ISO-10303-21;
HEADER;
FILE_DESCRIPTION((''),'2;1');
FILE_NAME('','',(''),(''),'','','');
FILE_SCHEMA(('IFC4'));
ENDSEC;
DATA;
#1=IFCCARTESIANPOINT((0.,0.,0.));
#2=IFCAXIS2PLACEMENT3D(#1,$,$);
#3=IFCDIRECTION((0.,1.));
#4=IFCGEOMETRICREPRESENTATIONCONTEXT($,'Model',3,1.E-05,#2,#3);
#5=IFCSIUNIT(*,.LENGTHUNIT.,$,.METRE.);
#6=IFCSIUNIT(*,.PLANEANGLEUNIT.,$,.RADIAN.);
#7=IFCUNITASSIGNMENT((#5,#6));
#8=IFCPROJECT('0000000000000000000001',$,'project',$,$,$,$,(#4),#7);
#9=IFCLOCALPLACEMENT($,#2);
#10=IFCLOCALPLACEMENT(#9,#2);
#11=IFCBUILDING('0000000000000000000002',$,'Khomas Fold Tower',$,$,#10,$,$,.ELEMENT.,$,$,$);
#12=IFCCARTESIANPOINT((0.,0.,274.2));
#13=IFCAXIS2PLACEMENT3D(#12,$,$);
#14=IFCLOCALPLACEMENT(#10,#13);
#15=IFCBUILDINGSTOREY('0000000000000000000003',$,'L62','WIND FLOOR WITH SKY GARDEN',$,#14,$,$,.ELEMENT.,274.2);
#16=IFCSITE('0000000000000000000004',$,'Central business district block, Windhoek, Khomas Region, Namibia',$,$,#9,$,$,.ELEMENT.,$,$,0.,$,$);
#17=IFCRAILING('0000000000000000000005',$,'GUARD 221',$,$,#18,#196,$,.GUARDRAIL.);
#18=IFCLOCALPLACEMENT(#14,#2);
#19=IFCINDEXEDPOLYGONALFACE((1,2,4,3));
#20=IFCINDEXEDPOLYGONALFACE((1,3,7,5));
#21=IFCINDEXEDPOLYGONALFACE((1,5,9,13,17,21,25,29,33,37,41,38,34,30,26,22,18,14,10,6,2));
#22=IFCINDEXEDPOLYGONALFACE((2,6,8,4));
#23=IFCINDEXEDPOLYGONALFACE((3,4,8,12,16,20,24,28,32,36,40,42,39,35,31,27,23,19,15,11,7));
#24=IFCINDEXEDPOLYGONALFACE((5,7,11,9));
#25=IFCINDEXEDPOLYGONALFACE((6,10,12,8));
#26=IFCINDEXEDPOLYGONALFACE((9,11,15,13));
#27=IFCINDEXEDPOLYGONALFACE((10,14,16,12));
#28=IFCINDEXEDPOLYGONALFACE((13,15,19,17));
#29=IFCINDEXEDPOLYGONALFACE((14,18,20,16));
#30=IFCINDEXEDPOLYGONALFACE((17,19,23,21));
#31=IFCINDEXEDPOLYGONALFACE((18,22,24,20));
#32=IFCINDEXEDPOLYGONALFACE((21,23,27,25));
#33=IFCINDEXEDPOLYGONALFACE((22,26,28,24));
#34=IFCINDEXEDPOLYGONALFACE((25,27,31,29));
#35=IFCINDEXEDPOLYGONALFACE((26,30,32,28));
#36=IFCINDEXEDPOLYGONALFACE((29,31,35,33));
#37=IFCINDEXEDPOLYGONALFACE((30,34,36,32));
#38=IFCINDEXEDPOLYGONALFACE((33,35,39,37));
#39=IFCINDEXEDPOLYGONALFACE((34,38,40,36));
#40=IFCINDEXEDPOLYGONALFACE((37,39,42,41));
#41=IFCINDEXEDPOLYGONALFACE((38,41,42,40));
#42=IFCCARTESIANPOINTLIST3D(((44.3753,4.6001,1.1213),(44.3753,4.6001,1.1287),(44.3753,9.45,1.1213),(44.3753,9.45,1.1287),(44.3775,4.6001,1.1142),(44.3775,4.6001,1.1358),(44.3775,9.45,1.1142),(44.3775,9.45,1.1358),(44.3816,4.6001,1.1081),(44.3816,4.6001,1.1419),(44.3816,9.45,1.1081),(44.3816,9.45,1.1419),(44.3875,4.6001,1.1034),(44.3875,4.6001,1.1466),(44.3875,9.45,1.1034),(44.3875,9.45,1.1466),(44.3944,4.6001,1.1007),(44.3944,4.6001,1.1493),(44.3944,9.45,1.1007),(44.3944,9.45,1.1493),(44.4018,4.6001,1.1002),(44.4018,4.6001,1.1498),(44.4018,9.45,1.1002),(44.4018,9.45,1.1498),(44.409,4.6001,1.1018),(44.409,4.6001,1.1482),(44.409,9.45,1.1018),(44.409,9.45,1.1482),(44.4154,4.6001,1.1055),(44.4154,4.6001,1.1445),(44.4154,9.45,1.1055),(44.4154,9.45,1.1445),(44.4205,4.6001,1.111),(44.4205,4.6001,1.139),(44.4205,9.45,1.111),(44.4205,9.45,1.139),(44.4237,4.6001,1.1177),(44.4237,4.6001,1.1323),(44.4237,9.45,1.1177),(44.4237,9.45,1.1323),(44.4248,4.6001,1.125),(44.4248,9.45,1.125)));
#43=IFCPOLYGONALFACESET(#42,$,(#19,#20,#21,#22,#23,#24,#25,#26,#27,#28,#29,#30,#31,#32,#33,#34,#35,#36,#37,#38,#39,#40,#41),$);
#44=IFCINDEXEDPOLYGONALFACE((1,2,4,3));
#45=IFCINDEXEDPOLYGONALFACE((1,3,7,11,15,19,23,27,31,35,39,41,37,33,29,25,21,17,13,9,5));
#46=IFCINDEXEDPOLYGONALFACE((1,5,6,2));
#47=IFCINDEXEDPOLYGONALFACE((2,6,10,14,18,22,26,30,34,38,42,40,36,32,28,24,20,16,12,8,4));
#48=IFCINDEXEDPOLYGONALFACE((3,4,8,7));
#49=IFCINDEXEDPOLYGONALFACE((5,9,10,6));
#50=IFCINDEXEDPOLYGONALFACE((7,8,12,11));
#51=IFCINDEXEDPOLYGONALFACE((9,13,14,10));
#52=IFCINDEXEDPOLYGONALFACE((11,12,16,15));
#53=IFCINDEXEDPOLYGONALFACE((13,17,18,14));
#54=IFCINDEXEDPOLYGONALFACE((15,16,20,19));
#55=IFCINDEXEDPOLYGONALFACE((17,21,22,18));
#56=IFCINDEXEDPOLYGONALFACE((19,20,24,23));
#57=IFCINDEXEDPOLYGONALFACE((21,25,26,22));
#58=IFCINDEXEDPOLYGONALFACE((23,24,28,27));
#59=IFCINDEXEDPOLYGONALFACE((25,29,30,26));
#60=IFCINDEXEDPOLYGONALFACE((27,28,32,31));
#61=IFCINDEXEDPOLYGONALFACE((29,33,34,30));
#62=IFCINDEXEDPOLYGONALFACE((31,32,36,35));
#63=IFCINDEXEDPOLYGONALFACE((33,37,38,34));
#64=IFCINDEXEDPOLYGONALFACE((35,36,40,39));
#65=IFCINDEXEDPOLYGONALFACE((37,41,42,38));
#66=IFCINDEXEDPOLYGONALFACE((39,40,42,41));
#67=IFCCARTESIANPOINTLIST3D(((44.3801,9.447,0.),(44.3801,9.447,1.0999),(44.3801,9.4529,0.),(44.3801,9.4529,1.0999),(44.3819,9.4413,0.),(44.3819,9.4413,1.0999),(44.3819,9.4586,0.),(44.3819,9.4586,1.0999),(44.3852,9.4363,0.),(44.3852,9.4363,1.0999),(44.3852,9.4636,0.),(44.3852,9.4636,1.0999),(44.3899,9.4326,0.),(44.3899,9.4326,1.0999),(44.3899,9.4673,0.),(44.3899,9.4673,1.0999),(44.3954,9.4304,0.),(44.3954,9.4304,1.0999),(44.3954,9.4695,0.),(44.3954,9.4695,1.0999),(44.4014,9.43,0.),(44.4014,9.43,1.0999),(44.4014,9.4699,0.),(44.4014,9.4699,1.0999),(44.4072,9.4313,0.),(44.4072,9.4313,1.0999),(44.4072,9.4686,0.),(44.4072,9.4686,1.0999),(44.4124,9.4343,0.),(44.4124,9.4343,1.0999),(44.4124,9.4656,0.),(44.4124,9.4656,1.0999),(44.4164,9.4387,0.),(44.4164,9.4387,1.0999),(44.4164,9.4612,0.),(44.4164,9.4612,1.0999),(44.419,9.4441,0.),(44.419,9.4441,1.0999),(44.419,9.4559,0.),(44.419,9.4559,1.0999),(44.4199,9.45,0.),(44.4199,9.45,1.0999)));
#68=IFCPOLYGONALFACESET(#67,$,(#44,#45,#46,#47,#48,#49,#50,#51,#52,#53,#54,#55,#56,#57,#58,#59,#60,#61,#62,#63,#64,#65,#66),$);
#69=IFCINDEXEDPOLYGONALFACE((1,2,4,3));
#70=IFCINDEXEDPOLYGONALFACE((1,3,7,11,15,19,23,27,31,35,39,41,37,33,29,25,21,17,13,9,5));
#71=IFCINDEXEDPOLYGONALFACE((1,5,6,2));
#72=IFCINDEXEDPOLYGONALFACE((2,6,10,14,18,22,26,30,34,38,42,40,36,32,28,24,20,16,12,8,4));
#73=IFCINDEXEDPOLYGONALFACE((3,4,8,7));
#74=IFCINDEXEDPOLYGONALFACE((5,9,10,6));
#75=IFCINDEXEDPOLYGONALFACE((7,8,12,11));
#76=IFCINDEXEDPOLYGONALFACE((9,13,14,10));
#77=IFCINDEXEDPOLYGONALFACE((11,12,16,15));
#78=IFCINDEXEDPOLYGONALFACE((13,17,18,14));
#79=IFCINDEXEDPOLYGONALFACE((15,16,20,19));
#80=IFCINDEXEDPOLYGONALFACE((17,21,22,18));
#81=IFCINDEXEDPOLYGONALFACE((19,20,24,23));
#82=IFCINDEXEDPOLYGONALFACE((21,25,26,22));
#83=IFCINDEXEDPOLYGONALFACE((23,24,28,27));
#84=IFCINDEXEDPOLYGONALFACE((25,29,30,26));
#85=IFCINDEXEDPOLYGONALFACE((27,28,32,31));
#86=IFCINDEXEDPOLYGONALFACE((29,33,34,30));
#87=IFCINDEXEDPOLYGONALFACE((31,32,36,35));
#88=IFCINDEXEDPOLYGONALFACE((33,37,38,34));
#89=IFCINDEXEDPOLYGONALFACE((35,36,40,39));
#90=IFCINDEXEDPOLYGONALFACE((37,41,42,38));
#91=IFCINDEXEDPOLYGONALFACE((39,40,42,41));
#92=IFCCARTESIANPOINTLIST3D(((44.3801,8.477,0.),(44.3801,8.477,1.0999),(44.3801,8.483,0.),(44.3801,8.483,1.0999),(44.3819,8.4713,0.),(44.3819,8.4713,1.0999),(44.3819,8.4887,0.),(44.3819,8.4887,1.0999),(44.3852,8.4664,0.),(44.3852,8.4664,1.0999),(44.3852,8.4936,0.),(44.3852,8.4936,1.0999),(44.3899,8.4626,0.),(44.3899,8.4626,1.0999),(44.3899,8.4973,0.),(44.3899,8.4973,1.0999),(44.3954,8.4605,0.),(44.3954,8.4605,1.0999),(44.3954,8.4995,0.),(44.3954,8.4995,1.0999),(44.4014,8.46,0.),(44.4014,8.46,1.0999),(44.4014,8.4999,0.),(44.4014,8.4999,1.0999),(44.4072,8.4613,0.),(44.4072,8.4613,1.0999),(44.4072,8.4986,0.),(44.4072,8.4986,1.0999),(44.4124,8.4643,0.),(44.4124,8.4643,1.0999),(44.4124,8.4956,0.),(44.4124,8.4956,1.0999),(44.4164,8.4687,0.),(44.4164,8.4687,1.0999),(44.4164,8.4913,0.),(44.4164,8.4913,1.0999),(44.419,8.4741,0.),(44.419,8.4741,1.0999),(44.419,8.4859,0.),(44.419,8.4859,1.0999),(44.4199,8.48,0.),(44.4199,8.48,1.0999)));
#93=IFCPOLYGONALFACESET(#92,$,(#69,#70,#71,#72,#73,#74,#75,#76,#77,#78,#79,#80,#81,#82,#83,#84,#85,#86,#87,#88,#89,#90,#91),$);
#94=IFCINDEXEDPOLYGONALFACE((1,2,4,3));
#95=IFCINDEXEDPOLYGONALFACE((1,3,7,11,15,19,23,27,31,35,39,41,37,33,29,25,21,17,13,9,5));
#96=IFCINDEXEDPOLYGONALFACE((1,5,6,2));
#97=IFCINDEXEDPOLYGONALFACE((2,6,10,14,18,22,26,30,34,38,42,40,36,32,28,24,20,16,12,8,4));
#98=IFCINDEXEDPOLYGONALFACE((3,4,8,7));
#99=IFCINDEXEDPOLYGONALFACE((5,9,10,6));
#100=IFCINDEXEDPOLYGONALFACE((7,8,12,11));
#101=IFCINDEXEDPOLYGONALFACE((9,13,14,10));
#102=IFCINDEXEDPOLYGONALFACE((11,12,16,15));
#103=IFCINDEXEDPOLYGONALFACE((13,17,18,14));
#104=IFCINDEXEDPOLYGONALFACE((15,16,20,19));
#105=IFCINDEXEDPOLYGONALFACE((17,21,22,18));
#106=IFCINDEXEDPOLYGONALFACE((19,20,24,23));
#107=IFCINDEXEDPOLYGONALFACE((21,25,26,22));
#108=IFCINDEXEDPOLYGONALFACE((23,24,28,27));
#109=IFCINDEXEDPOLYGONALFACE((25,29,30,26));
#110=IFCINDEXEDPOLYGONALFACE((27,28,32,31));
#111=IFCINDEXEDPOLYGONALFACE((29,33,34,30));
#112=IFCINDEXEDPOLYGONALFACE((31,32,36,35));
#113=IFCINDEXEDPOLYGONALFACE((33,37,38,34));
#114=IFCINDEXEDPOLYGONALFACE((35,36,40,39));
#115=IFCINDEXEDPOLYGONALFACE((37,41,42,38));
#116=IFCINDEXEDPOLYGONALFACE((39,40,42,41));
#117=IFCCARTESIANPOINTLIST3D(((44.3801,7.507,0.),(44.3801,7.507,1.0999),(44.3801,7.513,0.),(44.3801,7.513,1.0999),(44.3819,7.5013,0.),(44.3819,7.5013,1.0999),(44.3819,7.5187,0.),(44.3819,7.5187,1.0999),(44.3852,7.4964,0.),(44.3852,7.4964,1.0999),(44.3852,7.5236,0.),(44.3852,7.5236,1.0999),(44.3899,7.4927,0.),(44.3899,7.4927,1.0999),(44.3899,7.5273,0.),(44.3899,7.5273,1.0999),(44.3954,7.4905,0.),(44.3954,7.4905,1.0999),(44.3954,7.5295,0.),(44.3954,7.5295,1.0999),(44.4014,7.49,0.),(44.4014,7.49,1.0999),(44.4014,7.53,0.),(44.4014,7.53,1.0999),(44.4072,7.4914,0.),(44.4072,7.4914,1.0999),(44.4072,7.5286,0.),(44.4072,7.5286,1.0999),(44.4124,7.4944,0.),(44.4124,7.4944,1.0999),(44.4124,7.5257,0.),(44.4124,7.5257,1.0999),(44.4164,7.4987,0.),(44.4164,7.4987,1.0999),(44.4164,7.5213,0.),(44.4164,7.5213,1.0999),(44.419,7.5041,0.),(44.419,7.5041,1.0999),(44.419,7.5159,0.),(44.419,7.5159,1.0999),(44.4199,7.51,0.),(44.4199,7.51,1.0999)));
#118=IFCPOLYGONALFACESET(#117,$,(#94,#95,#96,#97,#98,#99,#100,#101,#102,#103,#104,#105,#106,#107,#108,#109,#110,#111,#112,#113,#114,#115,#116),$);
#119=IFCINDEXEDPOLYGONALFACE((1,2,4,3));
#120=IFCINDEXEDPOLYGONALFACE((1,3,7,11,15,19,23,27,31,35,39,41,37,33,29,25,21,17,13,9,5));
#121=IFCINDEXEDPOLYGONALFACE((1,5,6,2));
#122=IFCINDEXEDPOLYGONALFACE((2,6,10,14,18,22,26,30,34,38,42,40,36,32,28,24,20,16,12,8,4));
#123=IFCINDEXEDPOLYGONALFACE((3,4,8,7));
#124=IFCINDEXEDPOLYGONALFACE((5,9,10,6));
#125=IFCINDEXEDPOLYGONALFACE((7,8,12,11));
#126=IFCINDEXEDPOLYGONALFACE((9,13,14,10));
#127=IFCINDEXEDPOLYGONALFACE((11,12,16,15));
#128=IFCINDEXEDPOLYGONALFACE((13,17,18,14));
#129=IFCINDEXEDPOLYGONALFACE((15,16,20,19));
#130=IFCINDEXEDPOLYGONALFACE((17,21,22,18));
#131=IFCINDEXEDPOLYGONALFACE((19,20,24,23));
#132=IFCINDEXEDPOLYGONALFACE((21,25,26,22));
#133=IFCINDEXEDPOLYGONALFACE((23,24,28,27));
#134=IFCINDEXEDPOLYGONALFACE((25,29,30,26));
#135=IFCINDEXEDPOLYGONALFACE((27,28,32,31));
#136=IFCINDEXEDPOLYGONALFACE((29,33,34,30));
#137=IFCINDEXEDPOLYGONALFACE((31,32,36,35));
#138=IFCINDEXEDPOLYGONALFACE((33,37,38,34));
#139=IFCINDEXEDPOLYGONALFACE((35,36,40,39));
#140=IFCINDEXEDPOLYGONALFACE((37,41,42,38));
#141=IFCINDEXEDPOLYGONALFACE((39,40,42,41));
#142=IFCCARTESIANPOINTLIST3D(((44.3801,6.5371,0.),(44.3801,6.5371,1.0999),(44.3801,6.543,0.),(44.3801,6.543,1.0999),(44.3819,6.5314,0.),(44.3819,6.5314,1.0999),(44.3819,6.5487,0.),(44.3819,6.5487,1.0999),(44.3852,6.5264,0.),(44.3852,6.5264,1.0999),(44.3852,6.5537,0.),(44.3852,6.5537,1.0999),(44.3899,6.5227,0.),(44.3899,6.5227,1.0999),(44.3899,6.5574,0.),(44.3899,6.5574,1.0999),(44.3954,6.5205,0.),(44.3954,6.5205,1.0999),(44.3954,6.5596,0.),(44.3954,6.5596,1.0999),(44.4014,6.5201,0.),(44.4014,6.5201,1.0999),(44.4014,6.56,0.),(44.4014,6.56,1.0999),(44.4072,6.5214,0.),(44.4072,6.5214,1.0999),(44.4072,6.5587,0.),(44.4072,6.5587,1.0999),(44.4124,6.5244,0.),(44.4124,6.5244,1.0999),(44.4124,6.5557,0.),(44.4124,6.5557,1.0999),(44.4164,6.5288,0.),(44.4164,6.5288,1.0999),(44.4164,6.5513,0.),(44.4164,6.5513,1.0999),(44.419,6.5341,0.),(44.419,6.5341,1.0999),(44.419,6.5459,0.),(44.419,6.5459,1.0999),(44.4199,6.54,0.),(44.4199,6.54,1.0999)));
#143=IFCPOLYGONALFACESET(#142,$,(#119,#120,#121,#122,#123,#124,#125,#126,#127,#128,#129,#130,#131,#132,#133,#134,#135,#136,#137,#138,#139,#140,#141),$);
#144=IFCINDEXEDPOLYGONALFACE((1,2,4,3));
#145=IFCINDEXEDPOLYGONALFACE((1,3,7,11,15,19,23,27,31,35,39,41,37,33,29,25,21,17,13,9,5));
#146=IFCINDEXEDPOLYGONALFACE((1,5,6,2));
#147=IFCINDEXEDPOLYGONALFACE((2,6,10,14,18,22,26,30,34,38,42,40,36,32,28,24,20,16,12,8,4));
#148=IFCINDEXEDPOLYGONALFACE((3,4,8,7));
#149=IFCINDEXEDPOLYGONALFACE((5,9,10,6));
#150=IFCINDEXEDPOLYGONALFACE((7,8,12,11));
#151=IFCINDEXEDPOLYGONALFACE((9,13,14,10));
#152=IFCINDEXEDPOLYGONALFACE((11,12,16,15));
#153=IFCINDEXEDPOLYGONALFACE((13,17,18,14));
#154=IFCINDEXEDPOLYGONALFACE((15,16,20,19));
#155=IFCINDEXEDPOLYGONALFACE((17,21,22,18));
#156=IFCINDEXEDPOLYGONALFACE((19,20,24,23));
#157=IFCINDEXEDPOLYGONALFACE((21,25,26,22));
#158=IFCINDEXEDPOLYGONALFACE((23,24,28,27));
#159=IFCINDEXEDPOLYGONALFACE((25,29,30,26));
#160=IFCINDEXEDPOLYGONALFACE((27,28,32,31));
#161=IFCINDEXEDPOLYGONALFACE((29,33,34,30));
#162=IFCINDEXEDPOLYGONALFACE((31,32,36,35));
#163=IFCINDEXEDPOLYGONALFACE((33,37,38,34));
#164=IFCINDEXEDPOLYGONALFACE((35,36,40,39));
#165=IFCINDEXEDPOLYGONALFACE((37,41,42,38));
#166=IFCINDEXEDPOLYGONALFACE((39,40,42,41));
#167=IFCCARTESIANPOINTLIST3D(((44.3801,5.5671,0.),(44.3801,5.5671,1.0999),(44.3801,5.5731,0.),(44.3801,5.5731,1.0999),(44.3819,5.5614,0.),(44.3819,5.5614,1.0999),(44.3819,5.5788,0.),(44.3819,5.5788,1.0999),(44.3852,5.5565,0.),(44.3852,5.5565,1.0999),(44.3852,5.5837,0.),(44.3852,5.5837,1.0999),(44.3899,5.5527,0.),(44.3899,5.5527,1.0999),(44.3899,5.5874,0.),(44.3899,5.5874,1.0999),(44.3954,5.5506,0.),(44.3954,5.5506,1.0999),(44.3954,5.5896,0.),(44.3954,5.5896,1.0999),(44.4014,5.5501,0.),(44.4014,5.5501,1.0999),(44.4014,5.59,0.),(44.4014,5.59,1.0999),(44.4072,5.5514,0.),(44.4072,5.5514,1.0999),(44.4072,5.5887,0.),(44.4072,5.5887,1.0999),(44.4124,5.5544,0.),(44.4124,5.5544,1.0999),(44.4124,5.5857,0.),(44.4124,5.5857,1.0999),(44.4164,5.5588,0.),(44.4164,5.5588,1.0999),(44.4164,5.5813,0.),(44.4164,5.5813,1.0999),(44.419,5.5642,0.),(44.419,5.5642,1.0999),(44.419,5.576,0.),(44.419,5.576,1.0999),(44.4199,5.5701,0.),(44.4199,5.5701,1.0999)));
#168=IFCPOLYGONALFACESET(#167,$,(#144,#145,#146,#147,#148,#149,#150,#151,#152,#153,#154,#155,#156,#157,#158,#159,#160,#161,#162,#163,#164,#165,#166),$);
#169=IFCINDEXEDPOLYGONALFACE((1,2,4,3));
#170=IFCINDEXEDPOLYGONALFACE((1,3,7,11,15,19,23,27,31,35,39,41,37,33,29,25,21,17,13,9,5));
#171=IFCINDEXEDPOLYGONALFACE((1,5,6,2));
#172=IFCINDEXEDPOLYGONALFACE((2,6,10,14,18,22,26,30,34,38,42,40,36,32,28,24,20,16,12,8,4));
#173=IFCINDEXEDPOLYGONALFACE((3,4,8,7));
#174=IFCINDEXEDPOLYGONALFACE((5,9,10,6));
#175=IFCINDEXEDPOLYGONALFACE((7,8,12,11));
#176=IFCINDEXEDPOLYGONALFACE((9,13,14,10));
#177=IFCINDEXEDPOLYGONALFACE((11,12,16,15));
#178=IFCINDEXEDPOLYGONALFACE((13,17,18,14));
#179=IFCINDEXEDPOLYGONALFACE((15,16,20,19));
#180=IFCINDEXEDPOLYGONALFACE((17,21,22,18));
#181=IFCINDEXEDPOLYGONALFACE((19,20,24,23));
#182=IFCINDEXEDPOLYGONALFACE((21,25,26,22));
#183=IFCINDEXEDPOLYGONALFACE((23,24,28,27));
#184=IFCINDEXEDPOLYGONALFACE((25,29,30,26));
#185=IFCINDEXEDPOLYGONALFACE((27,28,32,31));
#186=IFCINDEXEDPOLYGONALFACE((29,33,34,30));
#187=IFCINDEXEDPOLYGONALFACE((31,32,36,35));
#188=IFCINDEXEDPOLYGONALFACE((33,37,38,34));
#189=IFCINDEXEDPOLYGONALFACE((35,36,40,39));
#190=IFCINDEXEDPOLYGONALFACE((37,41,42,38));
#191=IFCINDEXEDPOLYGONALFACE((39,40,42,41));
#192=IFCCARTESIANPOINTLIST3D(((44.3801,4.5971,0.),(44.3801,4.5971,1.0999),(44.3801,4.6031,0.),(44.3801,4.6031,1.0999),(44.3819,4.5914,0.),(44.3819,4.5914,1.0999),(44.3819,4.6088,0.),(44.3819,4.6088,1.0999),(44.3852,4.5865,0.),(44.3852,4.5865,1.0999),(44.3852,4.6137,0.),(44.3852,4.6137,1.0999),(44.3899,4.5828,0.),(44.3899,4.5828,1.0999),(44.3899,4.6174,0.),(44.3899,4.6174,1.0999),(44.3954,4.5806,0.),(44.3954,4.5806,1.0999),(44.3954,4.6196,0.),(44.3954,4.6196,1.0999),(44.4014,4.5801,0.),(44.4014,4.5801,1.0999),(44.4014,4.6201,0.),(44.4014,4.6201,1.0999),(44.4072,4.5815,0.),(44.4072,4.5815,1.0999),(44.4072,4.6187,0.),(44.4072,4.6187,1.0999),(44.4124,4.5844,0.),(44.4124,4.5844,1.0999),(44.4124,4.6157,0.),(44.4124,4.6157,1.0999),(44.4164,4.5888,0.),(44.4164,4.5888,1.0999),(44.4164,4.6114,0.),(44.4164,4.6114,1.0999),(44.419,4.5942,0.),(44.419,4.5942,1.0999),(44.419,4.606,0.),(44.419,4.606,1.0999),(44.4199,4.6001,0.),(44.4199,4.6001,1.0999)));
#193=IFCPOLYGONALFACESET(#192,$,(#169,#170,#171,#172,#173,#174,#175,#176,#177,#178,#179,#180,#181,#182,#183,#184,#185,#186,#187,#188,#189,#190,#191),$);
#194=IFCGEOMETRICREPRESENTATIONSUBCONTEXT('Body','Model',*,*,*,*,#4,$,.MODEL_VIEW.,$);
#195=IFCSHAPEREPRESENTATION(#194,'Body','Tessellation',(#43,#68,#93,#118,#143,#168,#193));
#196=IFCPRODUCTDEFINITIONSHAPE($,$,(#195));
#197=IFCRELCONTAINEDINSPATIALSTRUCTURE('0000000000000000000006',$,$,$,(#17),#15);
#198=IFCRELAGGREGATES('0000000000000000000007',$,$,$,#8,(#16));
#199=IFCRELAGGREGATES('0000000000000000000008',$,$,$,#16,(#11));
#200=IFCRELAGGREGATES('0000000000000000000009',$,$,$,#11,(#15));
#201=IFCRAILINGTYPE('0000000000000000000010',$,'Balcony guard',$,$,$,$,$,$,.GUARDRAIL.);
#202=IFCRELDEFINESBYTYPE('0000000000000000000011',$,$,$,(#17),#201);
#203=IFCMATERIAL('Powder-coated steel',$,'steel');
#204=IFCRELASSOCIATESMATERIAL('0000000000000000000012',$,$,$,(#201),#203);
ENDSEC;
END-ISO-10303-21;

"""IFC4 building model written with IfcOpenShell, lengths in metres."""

from ifc_helpers import new_model, si_unit, direction, frame, origin, origin_2d, place, context, subcontext, project, spatial, circle, extrude, source, transform, mapped, material, type_object, element, save


model = new_model("IFC4")

# Units and contexts
model_context = context("Model", 3, precision=1e-05, world=origin(), true_north=direction((0.0, 1.0)))
body_context = subcontext(model_context, "Body", "Model", "MODEL_VIEW")
ifc_project = project(units=[si_unit("LENGTHUNIT", "METRE"), si_unit("PLANEANGLEUNIT", "RADIAN")], contexts=[model_context])

# Site, building, storey
site_placement = place(None, origin())
site = spatial("IfcSite", under=ifc_project, at=site_placement, Name="Central business district block, Windhoek, Khomas Region, Namibia", CompositionType="ELEMENT", RefElevation=0.0)
building_placement = place(site_placement, origin())
building = spatial("IfcBuilding", under=site, at=building_placement, Name="Khomas Fold Tower", CompositionType="ELEMENT")
storey_placement = place(building_placement, frame((0.0, 0.0, 274.2)))
storey = spatial("IfcBuildingStorey", under=building, at=storey_placement, Name="L62", Description="WIND FLOOR WITH SKY GARDEN", CompositionType="ELEMENT", Elevation=274.2)

# Railing
ifc_material_1 = material(Name="Powder-coated steel", Category="steel")
railing_type = type_object("IfcRailingType", Name="Balcony guard", PredefinedType="GUARDRAIL", material=ifc_material_1)
shared_shape_1 = source(origin(), body_context, "Body", "SweptSolid", [
    extrude(circle(Radius=0.0249, at=origin_2d()), frame((0.0, 0.0, 1.125), z_axis=(0.0, -1.0, 0.0), x_axis=(1.0, 0.0, 0.0)), (0.0, 0.0, 1.0), 4.8499),
    extrude(circle(Radius=0.02, at=origin_2d()), origin(), (0.0, 0.0, 1.0), 1.0999),
    extrude(circle(Radius=0.02, at=origin_2d()), frame((0.0, -0.97, 0.0)), (0.0, 0.0, 1.0), 1.0999),
    extrude(circle(Radius=0.02, at=origin_2d()), frame((0.0, -1.9399, 0.0)), (0.0, 0.0, 1.0), 1.0999),
    extrude(circle(Radius=0.02, at=origin_2d()), frame((0.0, -2.9099, 0.0)), (0.0, 0.0, 1.0), 1.0999),
    extrude(circle(Radius=0.02, at=origin_2d()), frame((0.0, -3.8799, 0.0)), (0.0, 0.0, 1.0), 1.0999),
    extrude(circle(Radius=0.02, at=origin_2d()), frame((0.0, -4.8499, 0.0)), (0.0, 0.0, 1.0), 1.0999),
])
railing_1_placement = place(storey_placement, frame((44.3999, 9.45, 0.0)))
element("IfcRailing", 1, at=railing_1_placement, inside=storey, type_object=railing_type, Name="GUARD 221", PredefinedType="GUARDRAIL", context=body_context, shape_type="MappedRepresentation", body=[
    mapped(shared_shape_1, transform((0.0, 0.0, 0.0))),
])

save(model, "model.ifc")
